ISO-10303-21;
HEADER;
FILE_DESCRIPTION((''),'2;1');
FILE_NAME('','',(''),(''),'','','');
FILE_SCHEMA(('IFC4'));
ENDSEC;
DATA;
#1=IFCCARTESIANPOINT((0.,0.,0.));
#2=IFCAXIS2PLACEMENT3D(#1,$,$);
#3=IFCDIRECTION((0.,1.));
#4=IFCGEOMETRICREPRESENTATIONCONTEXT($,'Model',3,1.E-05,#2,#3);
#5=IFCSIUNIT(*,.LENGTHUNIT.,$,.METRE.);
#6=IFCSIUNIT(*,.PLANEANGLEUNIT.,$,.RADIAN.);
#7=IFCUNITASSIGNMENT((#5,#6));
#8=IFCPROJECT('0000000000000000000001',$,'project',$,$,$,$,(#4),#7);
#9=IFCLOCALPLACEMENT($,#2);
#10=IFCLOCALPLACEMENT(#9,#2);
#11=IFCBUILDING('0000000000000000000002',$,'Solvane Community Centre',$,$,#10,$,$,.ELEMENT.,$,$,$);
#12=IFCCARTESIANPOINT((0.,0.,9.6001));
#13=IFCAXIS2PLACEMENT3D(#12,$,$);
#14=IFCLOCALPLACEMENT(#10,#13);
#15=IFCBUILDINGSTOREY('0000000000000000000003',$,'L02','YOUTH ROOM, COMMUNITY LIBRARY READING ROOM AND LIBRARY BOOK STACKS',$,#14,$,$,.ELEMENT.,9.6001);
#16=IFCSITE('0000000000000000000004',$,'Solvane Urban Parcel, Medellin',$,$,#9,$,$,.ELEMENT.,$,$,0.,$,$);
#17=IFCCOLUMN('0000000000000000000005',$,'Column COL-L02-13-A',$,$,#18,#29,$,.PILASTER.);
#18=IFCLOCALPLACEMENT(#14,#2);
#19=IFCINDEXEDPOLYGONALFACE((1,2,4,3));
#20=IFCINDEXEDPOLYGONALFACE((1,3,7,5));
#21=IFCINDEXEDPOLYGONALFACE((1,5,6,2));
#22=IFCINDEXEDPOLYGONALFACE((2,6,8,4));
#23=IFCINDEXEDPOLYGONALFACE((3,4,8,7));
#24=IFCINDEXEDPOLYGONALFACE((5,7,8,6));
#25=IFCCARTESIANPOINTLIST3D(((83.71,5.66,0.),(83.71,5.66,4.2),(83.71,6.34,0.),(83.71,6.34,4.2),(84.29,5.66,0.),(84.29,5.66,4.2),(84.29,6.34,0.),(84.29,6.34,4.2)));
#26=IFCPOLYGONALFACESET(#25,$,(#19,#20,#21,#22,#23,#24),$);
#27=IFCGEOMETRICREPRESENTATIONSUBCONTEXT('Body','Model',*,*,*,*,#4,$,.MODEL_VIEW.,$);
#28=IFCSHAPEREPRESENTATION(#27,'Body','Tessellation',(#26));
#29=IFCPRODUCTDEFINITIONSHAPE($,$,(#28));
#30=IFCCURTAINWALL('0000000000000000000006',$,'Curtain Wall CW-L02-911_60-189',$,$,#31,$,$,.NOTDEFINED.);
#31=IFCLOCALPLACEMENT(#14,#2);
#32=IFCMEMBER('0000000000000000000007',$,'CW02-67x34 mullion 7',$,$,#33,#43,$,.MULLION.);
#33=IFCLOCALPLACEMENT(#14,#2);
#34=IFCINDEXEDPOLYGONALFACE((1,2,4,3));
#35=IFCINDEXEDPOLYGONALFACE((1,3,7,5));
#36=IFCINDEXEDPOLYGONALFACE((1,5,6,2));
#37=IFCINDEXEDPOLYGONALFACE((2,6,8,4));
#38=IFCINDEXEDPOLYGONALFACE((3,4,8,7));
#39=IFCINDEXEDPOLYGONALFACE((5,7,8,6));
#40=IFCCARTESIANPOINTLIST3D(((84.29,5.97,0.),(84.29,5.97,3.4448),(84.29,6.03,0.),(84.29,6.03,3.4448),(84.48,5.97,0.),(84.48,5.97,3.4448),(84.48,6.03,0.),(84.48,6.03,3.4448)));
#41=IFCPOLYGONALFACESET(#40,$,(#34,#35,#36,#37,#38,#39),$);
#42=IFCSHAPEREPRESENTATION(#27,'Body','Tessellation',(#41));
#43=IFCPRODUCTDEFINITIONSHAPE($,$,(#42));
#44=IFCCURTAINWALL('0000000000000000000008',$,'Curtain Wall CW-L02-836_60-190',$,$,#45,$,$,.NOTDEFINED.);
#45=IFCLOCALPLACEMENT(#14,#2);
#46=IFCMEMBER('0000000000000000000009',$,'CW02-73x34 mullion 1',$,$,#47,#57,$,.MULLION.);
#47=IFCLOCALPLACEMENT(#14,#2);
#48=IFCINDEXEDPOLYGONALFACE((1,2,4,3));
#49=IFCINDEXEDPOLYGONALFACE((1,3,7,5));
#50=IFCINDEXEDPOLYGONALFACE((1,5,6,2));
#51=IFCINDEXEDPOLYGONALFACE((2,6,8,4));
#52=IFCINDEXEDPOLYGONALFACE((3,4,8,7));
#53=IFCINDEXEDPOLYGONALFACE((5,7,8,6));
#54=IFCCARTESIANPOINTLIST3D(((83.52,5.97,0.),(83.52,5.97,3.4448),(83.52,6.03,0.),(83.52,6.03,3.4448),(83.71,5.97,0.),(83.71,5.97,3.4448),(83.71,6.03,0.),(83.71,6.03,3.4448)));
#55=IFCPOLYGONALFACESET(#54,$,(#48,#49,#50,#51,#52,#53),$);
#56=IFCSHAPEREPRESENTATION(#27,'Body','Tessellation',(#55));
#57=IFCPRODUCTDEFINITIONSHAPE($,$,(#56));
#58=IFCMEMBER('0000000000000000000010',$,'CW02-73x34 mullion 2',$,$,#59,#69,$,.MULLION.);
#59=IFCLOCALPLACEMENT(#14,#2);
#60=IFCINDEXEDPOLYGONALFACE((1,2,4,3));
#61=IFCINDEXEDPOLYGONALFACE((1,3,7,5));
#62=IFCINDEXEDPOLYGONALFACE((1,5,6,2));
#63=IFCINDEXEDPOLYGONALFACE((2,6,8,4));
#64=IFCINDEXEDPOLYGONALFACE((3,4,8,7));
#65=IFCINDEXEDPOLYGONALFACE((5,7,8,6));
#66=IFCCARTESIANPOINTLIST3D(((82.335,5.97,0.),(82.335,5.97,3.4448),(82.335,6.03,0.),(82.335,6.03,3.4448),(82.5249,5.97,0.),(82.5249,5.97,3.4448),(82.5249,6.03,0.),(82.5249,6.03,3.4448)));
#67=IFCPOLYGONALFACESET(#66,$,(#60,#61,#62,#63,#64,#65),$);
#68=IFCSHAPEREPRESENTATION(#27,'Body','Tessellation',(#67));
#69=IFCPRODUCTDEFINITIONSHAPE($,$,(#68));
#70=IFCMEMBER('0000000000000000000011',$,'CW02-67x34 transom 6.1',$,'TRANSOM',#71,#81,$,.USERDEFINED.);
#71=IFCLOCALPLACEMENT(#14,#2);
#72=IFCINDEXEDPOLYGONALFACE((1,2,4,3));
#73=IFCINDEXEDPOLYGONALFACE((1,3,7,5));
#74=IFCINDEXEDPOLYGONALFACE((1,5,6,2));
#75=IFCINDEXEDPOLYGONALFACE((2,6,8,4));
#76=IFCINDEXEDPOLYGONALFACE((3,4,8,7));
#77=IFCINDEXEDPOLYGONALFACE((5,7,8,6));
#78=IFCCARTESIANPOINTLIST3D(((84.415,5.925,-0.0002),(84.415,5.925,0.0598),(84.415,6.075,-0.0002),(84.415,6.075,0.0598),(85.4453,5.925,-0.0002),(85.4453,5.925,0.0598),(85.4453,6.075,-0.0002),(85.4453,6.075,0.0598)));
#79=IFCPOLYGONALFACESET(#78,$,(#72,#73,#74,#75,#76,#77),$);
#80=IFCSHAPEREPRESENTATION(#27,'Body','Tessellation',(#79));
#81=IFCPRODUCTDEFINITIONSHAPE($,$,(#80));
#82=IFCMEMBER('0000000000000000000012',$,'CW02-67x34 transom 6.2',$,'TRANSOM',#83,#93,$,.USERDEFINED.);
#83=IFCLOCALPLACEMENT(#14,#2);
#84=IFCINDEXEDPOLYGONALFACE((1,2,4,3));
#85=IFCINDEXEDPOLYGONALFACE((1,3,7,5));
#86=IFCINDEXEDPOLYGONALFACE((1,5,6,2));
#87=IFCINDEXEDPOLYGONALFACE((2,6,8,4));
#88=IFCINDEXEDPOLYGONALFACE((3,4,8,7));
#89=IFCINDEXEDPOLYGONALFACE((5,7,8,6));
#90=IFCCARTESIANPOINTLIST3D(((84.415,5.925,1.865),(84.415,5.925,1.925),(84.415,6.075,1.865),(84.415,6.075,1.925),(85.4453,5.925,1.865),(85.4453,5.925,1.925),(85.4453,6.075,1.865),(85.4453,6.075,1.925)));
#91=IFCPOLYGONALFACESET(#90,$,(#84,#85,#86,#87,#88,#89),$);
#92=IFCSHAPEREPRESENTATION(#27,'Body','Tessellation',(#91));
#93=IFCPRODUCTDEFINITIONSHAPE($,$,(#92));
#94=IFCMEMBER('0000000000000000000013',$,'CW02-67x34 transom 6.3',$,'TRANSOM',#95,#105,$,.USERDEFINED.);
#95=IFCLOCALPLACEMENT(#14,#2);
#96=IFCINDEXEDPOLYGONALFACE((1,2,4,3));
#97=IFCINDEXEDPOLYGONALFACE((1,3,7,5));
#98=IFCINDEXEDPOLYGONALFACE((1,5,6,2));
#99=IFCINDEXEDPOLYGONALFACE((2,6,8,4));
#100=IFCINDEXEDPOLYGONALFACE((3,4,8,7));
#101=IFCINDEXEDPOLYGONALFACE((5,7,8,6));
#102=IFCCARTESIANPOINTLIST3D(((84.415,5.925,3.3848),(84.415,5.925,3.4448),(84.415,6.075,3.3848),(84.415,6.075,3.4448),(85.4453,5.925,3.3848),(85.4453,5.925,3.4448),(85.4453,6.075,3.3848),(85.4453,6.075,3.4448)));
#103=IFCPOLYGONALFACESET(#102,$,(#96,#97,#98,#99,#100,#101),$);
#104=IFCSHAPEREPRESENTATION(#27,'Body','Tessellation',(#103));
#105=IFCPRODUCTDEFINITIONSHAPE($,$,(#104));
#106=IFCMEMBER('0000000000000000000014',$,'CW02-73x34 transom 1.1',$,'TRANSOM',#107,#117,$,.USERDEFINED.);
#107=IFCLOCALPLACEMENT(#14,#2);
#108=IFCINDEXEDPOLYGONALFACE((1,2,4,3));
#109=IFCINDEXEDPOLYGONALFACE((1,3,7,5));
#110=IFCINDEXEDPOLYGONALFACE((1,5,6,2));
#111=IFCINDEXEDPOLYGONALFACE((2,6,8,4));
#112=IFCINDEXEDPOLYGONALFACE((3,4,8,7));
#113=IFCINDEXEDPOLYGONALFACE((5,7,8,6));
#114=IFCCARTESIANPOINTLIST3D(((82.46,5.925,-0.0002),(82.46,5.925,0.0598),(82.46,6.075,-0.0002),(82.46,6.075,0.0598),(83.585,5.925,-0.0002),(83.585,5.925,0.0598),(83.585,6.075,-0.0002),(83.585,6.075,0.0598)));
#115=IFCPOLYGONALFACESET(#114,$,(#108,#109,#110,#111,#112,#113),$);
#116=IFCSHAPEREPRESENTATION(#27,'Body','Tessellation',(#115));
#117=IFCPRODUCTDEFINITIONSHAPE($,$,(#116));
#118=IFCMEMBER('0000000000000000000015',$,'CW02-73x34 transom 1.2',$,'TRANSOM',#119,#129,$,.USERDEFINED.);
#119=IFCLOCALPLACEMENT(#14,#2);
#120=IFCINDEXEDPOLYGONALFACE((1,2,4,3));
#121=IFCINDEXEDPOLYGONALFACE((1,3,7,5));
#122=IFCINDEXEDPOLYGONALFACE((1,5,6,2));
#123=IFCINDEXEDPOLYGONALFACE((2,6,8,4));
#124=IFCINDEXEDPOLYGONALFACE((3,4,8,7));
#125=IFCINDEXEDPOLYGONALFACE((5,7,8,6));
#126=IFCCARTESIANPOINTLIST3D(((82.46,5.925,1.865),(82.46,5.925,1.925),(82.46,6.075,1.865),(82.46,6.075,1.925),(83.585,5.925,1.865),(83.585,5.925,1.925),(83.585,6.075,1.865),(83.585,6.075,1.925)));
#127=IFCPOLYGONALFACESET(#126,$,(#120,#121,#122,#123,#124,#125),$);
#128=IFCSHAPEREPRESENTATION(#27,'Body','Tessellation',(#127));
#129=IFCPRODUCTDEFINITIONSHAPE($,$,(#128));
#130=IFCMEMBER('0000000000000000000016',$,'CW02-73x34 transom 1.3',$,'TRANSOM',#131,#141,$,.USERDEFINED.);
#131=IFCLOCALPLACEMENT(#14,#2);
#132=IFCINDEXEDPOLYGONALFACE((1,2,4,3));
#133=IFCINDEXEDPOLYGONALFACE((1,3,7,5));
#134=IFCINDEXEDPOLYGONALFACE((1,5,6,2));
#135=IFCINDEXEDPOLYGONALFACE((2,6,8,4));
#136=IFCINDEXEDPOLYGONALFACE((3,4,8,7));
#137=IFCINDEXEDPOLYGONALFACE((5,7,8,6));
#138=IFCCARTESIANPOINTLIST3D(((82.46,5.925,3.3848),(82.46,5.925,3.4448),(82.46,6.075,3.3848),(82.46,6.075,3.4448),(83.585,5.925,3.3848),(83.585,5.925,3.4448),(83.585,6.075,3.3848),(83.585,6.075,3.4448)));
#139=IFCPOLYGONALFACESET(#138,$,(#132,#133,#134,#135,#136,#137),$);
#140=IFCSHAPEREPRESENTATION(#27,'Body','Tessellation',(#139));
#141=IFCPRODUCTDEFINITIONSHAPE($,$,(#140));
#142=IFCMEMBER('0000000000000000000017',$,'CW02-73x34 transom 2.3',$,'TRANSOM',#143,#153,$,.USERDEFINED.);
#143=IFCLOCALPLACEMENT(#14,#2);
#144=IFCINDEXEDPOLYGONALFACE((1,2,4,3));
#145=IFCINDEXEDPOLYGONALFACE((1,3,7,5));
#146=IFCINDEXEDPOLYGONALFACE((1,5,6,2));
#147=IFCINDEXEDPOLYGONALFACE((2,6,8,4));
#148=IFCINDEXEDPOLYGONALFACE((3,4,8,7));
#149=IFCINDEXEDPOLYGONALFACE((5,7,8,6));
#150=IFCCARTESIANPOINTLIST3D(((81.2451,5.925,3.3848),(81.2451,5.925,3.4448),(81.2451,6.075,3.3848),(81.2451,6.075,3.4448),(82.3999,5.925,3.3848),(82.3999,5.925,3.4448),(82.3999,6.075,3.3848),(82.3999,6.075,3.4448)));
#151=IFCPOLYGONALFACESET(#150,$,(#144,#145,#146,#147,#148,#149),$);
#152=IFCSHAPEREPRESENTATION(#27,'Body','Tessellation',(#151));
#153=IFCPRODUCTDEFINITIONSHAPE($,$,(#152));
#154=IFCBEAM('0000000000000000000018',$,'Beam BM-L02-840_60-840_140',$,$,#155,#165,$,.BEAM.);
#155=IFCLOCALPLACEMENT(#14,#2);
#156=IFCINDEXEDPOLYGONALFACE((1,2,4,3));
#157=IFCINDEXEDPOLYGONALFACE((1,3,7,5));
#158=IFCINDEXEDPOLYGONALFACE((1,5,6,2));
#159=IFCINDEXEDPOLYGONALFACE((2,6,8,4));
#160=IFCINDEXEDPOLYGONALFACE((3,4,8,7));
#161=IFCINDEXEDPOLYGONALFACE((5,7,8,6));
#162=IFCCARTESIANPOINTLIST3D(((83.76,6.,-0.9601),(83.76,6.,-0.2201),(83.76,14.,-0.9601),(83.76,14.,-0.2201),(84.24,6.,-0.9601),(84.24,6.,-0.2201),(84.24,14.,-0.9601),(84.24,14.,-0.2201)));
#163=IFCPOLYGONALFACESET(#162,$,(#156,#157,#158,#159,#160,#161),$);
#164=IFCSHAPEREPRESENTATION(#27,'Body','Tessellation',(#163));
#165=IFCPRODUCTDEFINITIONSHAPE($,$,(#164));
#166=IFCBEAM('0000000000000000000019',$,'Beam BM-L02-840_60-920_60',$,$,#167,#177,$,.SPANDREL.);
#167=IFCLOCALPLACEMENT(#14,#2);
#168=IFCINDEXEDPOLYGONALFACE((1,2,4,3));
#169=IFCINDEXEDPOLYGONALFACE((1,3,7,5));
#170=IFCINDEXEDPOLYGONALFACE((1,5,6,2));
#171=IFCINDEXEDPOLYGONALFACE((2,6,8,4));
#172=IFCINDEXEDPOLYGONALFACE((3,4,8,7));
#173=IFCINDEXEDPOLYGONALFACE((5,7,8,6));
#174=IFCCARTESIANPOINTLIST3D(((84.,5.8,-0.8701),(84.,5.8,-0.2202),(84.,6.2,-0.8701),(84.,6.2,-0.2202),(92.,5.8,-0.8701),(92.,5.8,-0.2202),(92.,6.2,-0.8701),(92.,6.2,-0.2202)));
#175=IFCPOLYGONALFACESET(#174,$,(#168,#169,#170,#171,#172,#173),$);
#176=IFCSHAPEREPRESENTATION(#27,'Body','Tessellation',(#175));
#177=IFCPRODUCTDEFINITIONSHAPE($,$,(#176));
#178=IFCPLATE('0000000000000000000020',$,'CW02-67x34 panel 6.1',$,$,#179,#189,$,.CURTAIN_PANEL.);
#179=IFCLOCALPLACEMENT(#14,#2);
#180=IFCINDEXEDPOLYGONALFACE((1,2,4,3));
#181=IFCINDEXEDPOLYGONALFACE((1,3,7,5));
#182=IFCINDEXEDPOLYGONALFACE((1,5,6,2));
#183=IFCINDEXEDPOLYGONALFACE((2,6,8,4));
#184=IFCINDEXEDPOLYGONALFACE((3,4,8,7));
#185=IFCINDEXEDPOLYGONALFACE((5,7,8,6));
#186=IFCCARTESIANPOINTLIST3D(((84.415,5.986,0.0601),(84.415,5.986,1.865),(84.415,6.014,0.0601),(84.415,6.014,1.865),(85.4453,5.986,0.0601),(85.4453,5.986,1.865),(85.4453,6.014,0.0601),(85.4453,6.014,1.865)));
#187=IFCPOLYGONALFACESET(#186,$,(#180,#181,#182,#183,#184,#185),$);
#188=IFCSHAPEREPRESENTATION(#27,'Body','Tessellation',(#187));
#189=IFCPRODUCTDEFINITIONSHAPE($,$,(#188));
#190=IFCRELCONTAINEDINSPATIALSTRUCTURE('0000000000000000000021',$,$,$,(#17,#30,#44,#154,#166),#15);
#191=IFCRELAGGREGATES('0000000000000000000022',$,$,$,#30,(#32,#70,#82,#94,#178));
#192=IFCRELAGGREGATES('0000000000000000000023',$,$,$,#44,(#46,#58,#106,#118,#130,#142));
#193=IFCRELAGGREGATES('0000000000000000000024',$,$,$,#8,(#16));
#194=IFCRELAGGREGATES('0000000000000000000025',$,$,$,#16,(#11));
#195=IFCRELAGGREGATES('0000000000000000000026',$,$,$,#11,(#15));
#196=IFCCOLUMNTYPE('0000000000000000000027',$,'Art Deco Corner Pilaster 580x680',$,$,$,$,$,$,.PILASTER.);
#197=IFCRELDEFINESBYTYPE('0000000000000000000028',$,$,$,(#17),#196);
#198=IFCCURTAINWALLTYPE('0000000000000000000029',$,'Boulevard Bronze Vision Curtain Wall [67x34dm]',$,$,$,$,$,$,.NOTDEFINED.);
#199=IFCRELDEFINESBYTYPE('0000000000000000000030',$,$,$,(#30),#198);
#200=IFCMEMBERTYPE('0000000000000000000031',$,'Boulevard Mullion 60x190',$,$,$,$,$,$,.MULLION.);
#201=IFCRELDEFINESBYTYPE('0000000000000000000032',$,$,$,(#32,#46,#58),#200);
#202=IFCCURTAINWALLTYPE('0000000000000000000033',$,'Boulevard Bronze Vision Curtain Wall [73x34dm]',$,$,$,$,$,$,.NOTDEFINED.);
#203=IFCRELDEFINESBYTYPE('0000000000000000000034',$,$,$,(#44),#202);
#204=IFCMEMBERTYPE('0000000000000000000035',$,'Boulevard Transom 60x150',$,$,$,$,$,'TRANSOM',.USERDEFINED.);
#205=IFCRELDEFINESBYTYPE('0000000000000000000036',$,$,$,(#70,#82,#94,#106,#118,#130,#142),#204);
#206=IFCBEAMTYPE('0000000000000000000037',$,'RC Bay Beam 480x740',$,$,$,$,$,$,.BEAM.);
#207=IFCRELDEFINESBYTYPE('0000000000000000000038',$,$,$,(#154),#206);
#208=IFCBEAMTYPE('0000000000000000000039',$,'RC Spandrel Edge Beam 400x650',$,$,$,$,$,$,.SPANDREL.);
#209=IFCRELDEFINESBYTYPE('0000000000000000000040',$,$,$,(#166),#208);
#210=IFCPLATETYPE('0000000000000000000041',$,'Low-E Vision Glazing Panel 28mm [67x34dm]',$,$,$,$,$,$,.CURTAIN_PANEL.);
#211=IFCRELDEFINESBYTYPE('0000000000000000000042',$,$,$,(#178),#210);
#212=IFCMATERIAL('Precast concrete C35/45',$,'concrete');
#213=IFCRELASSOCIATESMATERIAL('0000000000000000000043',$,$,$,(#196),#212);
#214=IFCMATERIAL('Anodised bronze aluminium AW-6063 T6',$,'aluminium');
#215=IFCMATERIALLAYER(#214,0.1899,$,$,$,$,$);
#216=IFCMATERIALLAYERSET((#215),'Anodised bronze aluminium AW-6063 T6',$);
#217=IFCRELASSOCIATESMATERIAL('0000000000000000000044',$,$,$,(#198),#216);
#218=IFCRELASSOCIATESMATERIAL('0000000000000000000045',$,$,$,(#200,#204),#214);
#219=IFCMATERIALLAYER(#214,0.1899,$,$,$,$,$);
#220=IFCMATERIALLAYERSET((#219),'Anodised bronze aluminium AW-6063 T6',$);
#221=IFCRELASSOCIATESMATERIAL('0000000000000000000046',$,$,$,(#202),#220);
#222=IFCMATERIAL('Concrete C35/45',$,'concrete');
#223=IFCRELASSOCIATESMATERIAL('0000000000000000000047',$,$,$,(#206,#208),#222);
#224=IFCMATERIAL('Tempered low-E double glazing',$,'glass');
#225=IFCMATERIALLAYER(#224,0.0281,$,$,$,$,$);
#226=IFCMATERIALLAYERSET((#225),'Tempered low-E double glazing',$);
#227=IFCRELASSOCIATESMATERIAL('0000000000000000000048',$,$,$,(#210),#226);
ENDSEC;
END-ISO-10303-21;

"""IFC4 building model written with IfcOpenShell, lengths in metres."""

from ifc_helpers import new_model, si_unit, direction, frame, origin, origin_2d, place, context, subcontext, project, spatial, rectangle, extrude, material, layer, layer_set, material_profile, profile_set, type_object, element, aggregate, save


model = new_model("IFC4")

# Units and contexts
model_context = context("Model", 3, precision=1e-05, world=origin(), true_north=direction((0.0, 1.0)))
body_context = subcontext(model_context, "Body", "Model", "MODEL_VIEW")
ifc_project = project(units=[si_unit("LENGTHUNIT", "METRE"), si_unit("PLANEANGLEUNIT", "RADIAN")], contexts=[model_context])

# Site, building, storey
site_placement = place(None, origin())
site = spatial("IfcSite", under=ifc_project, at=site_placement, Name="Solvane Urban Parcel, Medellin", CompositionType="ELEMENT", RefElevation=0.0)
building_placement = place(site_placement, origin())
building = spatial("IfcBuilding", under=site, at=building_placement, Name="Solvane Community Centre", CompositionType="ELEMENT")
storey_placement = place(building_placement, frame((0.0, 0.0, 9.6001)))
storey = spatial("IfcBuildingStorey", under=building, at=storey_placement, Name="L02", Description="YOUTH ROOM, COMMUNITY LIBRARY READING ROOM AND LIBRARY BOOK STACKS", CompositionType="ELEMENT", Elevation=9.6001)

# Column
ifc_material_1 = material(Name="Precast concrete C35/45", Category="concrete")
ifc_material_profile_1 = material_profile(ifc_material_1, rectangle(XDim=0.5801, YDim=0.6799, at=origin_2d()), Name="RC 580x680")
ifc_profile_set_1 = profile_set([ifc_material_profile_1], Name="Precast concrete C35/45")
column_type = type_object("IfcColumnType", Name="Art Deco Corner Pilaster 580x680", PredefinedType="PILASTER", material=ifc_profile_set_1)
column_placement = place(storey_placement, frame((84.0, 6.0, 0.0), z_axis=(0.0, 0.0, 1.0), x_axis=(1.0, 0.0, 0.0)))
element("IfcColumn", 1, at=column_placement, inside=storey, type_object=column_type, Name="Column COL-L02-13-A", PredefinedType="PILASTER", context=body_context, shape_type="SweptSolid", body=[
    extrude(rectangle(XDim=0.5801, YDim=0.6799, at=origin_2d()), origin(), (0.0, 0.0, 1.0), 4.2),
])

# Curtain wall, member
ifc_material_2 = material(Name="Anodised bronze aluminium AW-6063 T6", Category="aluminium")
ifc_layer_1 = layer(ifc_material_2, 0.1899)
ifc_layer_set_1 = layer_set([ifc_layer_1], Name="Anodised bronze aluminium AW-6063 T6")
curtain_wall_type_1 = type_object("IfcCurtainWallType", Name="Boulevard Bronze Vision Curtain Wall [67x34dm]", PredefinedType="NOTDEFINED", material=ifc_layer_set_1)
curtain_wall_1_placement = place(storey_placement, origin())
curtain_wall_1 = element("IfcCurtainWall", 2, at=curtain_wall_1_placement, inside=storey, type_object=curtain_wall_type_1, Name="Curtain Wall CW-L02-911_60-189", PredefinedType="NOTDEFINED")
ifc_material_profile_2 = material_profile(ifc_material_2, rectangle(XDim=0.0601, YDim=0.1899, at=origin_2d()), Name="CW-M 60x190")
ifc_profile_set_2 = profile_set([ifc_material_profile_2], Name="Anodised bronze aluminium AW-6063 T6")
member_type_1 = type_object("IfcMemberType", Name="Boulevard Mullion 60x190", PredefinedType="MULLION", material=ifc_profile_set_2)
member_1_placement = place(storey_placement, frame((84.385, 6.0, 0.0), z_axis=(0.0, 0.0, 1.0), x_axis=(0.0, -1.0, 0.0)))
member_1 = element("IfcMember", 3, at=member_1_placement, type_object=member_type_1, Name="CW02-67x34 mullion 7", PredefinedType="MULLION", context=body_context, shape_type="SweptSolid", body=[
    extrude(rectangle(XDim=0.0601, YDim=0.1899, at=origin_2d()), origin(), (0.0, 0.0, 1.0), 3.4448),
])

# Curtain wall, members
ifc_layer_2 = layer(ifc_material_2, 0.1899)
ifc_layer_set_2 = layer_set([ifc_layer_2], Name="Anodised bronze aluminium AW-6063 T6")
curtain_wall_type_2 = type_object("IfcCurtainWallType", Name="Boulevard Bronze Vision Curtain Wall [73x34dm]", PredefinedType="NOTDEFINED", material=ifc_layer_set_2)
curtain_wall_2_placement = place(storey_placement, origin())
curtain_wall_2 = element("IfcCurtainWall", 4, at=curtain_wall_2_placement, inside=storey, type_object=curtain_wall_type_2, Name="Curtain Wall CW-L02-836_60-190", PredefinedType="NOTDEFINED")
member_2_placement = place(storey_placement, frame((83.615, 6.0, 0.0), z_axis=(0.0, 0.0, 1.0), x_axis=(0.0, -1.0, 0.0)))
member_2 = element("IfcMember", 5, at=member_2_placement, type_object=member_type_1, Name="CW02-73x34 mullion 1", PredefinedType="MULLION", context=body_context, shape_type="SweptSolid", body=[
    extrude(rectangle(XDim=0.0601, YDim=0.1899, at=origin_2d()), origin(), (0.0, 0.0, 1.0), 3.4448),
])
member_3_placement = place(storey_placement, frame((82.4299, 6.0, 0.0), z_axis=(0.0, 0.0, 1.0), x_axis=(0.0, -1.0, 0.0)))
member_3 = element("IfcMember", 6, at=member_3_placement, type_object=member_type_1, Name="CW02-73x34 mullion 2", PredefinedType="MULLION", context=body_context, shape_type="SweptSolid", body=[
    extrude(rectangle(XDim=0.0601, YDim=0.1899, at=origin_2d()), origin(), (0.0, 0.0, 1.0), 3.4448),
])

# Members
ifc_material_profile_3 = material_profile(ifc_material_2, rectangle(XDim=0.1499, YDim=0.0601, at=origin_2d()), Name="CW-T 60x150")
ifc_profile_set_3 = profile_set([ifc_material_profile_3], Name="Anodised bronze aluminium AW-6063 T6")
member_type_2 = type_object("IfcMemberType", Name="Boulevard Transom 60x150", ElementType="TRANSOM", PredefinedType="USERDEFINED", material=ifc_profile_set_3)
member_4_placement = place(storey_placement, frame((85.4453, 6.0, 0.0298), z_axis=(-1.0, 0.0, 0.0), x_axis=(0.0, -1.0, 0.0)))
member_4 = element("IfcMember", 7, at=member_4_placement, type_object=member_type_2, Name="CW02-67x34 transom 6.1", ObjectType="TRANSOM", PredefinedType="USERDEFINED", context=body_context, shape_type="SweptSolid", body=[
    extrude(rectangle(XDim=0.1499, YDim=0.0601, at=origin_2d()), origin(), (0.0, 0.0, 1.0), 1.0303),
])
member_5_placement = place(storey_placement, frame((85.4453, 6.0, 1.895), z_axis=(-1.0, 0.0, 0.0), x_axis=(0.0, -1.0, 0.0)))
member_5 = element("IfcMember", 8, at=member_5_placement, type_object=member_type_2, Name="CW02-67x34 transom 6.2", ObjectType="TRANSOM", PredefinedType="USERDEFINED", context=body_context, shape_type="SweptSolid", body=[
    extrude(rectangle(XDim=0.1499, YDim=0.0601, at=origin_2d()), origin(), (0.0, 0.0, 1.0), 1.0303),
])
member_6_placement = place(storey_placement, frame((85.4453, 6.0, 3.4148), z_axis=(-1.0, 0.0, 0.0), x_axis=(0.0, -1.0, 0.0)))
member_6 = element("IfcMember", 9, at=member_6_placement, type_object=member_type_2, Name="CW02-67x34 transom 6.3", ObjectType="TRANSOM", PredefinedType="USERDEFINED", context=body_context, shape_type="SweptSolid", body=[
    extrude(rectangle(XDim=0.1499, YDim=0.0601, at=origin_2d()), origin(), (0.0, 0.0, 1.0), 1.0303),
])
member_7_placement = place(storey_placement, frame((83.585, 6.0, 0.0298), z_axis=(-1.0, 0.0, 0.0), x_axis=(0.0, -1.0, 0.0)))
member_7 = element("IfcMember", 10, at=member_7_placement, type_object=member_type_2, Name="CW02-73x34 transom 1.1", ObjectType="TRANSOM", PredefinedType="USERDEFINED", context=body_context, shape_type="SweptSolid", body=[
    extrude(rectangle(XDim=0.1499, YDim=0.0601, at=origin_2d()), origin(), (0.0, 0.0, 1.0), 1.125),
])
member_8_placement = place(storey_placement, frame((83.585, 6.0, 1.895), z_axis=(-1.0, 0.0, 0.0), x_axis=(0.0, -1.0, 0.0)))
member_8 = element("IfcMember", 11, at=member_8_placement, type_object=member_type_2, Name="CW02-73x34 transom 1.2", ObjectType="TRANSOM", PredefinedType="USERDEFINED", context=body_context, shape_type="SweptSolid", body=[
    extrude(rectangle(XDim=0.1499, YDim=0.0601, at=origin_2d()), origin(), (0.0, 0.0, 1.0), 1.125),
])
member_9_placement = place(storey_placement, frame((83.585, 6.0, 3.4148), z_axis=(-1.0, 0.0, 0.0), x_axis=(0.0, -1.0, 0.0)))
member_9 = element("IfcMember", 12, at=member_9_placement, type_object=member_type_2, Name="CW02-73x34 transom 1.3", ObjectType="TRANSOM", PredefinedType="USERDEFINED", context=body_context, shape_type="SweptSolid", body=[
    extrude(rectangle(XDim=0.1499, YDim=0.0601, at=origin_2d()), origin(), (0.0, 0.0, 1.0), 1.125),
])
member_10_placement = place(storey_placement, frame((82.3999, 6.0, 3.4148), z_axis=(-1.0, 0.0, 0.0), x_axis=(0.0, -1.0, 0.0)))
member_10 = element("IfcMember", 13, at=member_10_placement, type_object=member_type_2, Name="CW02-73x34 transom 2.3", ObjectType="TRANSOM", PredefinedType="USERDEFINED", context=body_context, shape_type="SweptSolid", body=[
    extrude(rectangle(XDim=0.1499, YDim=0.0601, at=origin_2d()), origin(), (0.0, 0.0, 1.0), 1.1548),
])

# Beams
ifc_material_3 = material(Name="Concrete C35/45", Category="concrete")
ifc_material_profile_4 = material_profile(ifc_material_3, rectangle(XDim=0.48, YDim=0.74, at=origin_2d()), Name="RC 480x740")
ifc_profile_set_4 = profile_set([ifc_material_profile_4], Name="Concrete C35/45")
beam_type_1 = type_object("IfcBeamType", Name="RC Bay Beam 480x740", PredefinedType="BEAM", material=ifc_profile_set_4)
beam_1_placement = place(storey_placement, frame((84.0, 6.0, -0.5901), z_axis=(0.0, 1.0, 0.0), x_axis=(-1.0, 0.0, 0.0)))
element("IfcBeam", 14, at=beam_1_placement, inside=storey, type_object=beam_type_1, Name="Beam BM-L02-840_60-840_140", PredefinedType="BEAM", context=body_context, shape_type="SweptSolid", body=[
    extrude(rectangle(XDim=0.48, YDim=0.74, at=origin_2d()), origin(), (0.0, 0.0, 1.0), 8.0),
])
ifc_material_profile_5 = material_profile(ifc_material_3, rectangle(XDim=0.3999, YDim=0.6499, at=origin_2d()), Name="RC 400x650")
ifc_profile_set_5 = profile_set([ifc_material_profile_5], Name="Concrete C35/45")
beam_type_2 = type_object("IfcBeamType", Name="RC Spandrel Edge Beam 400x650", PredefinedType="SPANDREL", material=ifc_profile_set_5)
beam_2_placement = place(storey_placement, frame((84.0, 6.0, -0.5452), z_axis=(1.0, 0.0, 0.0), x_axis=(0.0, 1.0, 0.0)))
element("IfcBeam", 15, at=beam_2_placement, inside=storey, type_object=beam_type_2, Name="Beam BM-L02-840_60-920_60", PredefinedType="SPANDREL", context=body_context, shape_type="SweptSolid", body=[
    extrude(rectangle(XDim=0.3999, YDim=0.6499, at=origin_2d()), origin(), (0.0, 0.0, 1.0), 8.0),
])

# Plate
ifc_material_4 = material(Name="Tempered low-E double glazing", Category="glass")
ifc_layer_3 = layer(ifc_material_4, 0.0281)
ifc_layer_set_3 = layer_set([ifc_layer_3], Name="Tempered low-E double glazing")
plate_type_1 = type_object("IfcPlateType", Name="Low-E Vision Glazing Panel 28mm [67x34dm]", PredefinedType="CURTAIN_PANEL", material=ifc_layer_set_3)
plate_1_placement = place(storey_placement, frame((84.9302, 6.0, 0.0601), z_axis=(0.0, 0.0, 1.0), x_axis=(-1.0, 0.0, 0.0)))
plate_1 = element("IfcPlate", 16, at=plate_1_placement, type_object=plate_type_1, Name="CW02-67x34 panel 6.1", PredefinedType="CURTAIN_PANEL", context=body_context, shape_type="SweptSolid", body=[
    extrude(rectangle(XDim=1.0303, YDim=0.0281, at=origin_2d()), origin(), (0.0, 0.0, 1.0), 1.8049),
])
aggregate(curtain_wall_1, [member_1, member_4, member_5, member_6, plate_1])
aggregate(curtain_wall_2, [member_2, member_3, member_7, member_8, member_9, member_10])

save(model, "model.ifc")
